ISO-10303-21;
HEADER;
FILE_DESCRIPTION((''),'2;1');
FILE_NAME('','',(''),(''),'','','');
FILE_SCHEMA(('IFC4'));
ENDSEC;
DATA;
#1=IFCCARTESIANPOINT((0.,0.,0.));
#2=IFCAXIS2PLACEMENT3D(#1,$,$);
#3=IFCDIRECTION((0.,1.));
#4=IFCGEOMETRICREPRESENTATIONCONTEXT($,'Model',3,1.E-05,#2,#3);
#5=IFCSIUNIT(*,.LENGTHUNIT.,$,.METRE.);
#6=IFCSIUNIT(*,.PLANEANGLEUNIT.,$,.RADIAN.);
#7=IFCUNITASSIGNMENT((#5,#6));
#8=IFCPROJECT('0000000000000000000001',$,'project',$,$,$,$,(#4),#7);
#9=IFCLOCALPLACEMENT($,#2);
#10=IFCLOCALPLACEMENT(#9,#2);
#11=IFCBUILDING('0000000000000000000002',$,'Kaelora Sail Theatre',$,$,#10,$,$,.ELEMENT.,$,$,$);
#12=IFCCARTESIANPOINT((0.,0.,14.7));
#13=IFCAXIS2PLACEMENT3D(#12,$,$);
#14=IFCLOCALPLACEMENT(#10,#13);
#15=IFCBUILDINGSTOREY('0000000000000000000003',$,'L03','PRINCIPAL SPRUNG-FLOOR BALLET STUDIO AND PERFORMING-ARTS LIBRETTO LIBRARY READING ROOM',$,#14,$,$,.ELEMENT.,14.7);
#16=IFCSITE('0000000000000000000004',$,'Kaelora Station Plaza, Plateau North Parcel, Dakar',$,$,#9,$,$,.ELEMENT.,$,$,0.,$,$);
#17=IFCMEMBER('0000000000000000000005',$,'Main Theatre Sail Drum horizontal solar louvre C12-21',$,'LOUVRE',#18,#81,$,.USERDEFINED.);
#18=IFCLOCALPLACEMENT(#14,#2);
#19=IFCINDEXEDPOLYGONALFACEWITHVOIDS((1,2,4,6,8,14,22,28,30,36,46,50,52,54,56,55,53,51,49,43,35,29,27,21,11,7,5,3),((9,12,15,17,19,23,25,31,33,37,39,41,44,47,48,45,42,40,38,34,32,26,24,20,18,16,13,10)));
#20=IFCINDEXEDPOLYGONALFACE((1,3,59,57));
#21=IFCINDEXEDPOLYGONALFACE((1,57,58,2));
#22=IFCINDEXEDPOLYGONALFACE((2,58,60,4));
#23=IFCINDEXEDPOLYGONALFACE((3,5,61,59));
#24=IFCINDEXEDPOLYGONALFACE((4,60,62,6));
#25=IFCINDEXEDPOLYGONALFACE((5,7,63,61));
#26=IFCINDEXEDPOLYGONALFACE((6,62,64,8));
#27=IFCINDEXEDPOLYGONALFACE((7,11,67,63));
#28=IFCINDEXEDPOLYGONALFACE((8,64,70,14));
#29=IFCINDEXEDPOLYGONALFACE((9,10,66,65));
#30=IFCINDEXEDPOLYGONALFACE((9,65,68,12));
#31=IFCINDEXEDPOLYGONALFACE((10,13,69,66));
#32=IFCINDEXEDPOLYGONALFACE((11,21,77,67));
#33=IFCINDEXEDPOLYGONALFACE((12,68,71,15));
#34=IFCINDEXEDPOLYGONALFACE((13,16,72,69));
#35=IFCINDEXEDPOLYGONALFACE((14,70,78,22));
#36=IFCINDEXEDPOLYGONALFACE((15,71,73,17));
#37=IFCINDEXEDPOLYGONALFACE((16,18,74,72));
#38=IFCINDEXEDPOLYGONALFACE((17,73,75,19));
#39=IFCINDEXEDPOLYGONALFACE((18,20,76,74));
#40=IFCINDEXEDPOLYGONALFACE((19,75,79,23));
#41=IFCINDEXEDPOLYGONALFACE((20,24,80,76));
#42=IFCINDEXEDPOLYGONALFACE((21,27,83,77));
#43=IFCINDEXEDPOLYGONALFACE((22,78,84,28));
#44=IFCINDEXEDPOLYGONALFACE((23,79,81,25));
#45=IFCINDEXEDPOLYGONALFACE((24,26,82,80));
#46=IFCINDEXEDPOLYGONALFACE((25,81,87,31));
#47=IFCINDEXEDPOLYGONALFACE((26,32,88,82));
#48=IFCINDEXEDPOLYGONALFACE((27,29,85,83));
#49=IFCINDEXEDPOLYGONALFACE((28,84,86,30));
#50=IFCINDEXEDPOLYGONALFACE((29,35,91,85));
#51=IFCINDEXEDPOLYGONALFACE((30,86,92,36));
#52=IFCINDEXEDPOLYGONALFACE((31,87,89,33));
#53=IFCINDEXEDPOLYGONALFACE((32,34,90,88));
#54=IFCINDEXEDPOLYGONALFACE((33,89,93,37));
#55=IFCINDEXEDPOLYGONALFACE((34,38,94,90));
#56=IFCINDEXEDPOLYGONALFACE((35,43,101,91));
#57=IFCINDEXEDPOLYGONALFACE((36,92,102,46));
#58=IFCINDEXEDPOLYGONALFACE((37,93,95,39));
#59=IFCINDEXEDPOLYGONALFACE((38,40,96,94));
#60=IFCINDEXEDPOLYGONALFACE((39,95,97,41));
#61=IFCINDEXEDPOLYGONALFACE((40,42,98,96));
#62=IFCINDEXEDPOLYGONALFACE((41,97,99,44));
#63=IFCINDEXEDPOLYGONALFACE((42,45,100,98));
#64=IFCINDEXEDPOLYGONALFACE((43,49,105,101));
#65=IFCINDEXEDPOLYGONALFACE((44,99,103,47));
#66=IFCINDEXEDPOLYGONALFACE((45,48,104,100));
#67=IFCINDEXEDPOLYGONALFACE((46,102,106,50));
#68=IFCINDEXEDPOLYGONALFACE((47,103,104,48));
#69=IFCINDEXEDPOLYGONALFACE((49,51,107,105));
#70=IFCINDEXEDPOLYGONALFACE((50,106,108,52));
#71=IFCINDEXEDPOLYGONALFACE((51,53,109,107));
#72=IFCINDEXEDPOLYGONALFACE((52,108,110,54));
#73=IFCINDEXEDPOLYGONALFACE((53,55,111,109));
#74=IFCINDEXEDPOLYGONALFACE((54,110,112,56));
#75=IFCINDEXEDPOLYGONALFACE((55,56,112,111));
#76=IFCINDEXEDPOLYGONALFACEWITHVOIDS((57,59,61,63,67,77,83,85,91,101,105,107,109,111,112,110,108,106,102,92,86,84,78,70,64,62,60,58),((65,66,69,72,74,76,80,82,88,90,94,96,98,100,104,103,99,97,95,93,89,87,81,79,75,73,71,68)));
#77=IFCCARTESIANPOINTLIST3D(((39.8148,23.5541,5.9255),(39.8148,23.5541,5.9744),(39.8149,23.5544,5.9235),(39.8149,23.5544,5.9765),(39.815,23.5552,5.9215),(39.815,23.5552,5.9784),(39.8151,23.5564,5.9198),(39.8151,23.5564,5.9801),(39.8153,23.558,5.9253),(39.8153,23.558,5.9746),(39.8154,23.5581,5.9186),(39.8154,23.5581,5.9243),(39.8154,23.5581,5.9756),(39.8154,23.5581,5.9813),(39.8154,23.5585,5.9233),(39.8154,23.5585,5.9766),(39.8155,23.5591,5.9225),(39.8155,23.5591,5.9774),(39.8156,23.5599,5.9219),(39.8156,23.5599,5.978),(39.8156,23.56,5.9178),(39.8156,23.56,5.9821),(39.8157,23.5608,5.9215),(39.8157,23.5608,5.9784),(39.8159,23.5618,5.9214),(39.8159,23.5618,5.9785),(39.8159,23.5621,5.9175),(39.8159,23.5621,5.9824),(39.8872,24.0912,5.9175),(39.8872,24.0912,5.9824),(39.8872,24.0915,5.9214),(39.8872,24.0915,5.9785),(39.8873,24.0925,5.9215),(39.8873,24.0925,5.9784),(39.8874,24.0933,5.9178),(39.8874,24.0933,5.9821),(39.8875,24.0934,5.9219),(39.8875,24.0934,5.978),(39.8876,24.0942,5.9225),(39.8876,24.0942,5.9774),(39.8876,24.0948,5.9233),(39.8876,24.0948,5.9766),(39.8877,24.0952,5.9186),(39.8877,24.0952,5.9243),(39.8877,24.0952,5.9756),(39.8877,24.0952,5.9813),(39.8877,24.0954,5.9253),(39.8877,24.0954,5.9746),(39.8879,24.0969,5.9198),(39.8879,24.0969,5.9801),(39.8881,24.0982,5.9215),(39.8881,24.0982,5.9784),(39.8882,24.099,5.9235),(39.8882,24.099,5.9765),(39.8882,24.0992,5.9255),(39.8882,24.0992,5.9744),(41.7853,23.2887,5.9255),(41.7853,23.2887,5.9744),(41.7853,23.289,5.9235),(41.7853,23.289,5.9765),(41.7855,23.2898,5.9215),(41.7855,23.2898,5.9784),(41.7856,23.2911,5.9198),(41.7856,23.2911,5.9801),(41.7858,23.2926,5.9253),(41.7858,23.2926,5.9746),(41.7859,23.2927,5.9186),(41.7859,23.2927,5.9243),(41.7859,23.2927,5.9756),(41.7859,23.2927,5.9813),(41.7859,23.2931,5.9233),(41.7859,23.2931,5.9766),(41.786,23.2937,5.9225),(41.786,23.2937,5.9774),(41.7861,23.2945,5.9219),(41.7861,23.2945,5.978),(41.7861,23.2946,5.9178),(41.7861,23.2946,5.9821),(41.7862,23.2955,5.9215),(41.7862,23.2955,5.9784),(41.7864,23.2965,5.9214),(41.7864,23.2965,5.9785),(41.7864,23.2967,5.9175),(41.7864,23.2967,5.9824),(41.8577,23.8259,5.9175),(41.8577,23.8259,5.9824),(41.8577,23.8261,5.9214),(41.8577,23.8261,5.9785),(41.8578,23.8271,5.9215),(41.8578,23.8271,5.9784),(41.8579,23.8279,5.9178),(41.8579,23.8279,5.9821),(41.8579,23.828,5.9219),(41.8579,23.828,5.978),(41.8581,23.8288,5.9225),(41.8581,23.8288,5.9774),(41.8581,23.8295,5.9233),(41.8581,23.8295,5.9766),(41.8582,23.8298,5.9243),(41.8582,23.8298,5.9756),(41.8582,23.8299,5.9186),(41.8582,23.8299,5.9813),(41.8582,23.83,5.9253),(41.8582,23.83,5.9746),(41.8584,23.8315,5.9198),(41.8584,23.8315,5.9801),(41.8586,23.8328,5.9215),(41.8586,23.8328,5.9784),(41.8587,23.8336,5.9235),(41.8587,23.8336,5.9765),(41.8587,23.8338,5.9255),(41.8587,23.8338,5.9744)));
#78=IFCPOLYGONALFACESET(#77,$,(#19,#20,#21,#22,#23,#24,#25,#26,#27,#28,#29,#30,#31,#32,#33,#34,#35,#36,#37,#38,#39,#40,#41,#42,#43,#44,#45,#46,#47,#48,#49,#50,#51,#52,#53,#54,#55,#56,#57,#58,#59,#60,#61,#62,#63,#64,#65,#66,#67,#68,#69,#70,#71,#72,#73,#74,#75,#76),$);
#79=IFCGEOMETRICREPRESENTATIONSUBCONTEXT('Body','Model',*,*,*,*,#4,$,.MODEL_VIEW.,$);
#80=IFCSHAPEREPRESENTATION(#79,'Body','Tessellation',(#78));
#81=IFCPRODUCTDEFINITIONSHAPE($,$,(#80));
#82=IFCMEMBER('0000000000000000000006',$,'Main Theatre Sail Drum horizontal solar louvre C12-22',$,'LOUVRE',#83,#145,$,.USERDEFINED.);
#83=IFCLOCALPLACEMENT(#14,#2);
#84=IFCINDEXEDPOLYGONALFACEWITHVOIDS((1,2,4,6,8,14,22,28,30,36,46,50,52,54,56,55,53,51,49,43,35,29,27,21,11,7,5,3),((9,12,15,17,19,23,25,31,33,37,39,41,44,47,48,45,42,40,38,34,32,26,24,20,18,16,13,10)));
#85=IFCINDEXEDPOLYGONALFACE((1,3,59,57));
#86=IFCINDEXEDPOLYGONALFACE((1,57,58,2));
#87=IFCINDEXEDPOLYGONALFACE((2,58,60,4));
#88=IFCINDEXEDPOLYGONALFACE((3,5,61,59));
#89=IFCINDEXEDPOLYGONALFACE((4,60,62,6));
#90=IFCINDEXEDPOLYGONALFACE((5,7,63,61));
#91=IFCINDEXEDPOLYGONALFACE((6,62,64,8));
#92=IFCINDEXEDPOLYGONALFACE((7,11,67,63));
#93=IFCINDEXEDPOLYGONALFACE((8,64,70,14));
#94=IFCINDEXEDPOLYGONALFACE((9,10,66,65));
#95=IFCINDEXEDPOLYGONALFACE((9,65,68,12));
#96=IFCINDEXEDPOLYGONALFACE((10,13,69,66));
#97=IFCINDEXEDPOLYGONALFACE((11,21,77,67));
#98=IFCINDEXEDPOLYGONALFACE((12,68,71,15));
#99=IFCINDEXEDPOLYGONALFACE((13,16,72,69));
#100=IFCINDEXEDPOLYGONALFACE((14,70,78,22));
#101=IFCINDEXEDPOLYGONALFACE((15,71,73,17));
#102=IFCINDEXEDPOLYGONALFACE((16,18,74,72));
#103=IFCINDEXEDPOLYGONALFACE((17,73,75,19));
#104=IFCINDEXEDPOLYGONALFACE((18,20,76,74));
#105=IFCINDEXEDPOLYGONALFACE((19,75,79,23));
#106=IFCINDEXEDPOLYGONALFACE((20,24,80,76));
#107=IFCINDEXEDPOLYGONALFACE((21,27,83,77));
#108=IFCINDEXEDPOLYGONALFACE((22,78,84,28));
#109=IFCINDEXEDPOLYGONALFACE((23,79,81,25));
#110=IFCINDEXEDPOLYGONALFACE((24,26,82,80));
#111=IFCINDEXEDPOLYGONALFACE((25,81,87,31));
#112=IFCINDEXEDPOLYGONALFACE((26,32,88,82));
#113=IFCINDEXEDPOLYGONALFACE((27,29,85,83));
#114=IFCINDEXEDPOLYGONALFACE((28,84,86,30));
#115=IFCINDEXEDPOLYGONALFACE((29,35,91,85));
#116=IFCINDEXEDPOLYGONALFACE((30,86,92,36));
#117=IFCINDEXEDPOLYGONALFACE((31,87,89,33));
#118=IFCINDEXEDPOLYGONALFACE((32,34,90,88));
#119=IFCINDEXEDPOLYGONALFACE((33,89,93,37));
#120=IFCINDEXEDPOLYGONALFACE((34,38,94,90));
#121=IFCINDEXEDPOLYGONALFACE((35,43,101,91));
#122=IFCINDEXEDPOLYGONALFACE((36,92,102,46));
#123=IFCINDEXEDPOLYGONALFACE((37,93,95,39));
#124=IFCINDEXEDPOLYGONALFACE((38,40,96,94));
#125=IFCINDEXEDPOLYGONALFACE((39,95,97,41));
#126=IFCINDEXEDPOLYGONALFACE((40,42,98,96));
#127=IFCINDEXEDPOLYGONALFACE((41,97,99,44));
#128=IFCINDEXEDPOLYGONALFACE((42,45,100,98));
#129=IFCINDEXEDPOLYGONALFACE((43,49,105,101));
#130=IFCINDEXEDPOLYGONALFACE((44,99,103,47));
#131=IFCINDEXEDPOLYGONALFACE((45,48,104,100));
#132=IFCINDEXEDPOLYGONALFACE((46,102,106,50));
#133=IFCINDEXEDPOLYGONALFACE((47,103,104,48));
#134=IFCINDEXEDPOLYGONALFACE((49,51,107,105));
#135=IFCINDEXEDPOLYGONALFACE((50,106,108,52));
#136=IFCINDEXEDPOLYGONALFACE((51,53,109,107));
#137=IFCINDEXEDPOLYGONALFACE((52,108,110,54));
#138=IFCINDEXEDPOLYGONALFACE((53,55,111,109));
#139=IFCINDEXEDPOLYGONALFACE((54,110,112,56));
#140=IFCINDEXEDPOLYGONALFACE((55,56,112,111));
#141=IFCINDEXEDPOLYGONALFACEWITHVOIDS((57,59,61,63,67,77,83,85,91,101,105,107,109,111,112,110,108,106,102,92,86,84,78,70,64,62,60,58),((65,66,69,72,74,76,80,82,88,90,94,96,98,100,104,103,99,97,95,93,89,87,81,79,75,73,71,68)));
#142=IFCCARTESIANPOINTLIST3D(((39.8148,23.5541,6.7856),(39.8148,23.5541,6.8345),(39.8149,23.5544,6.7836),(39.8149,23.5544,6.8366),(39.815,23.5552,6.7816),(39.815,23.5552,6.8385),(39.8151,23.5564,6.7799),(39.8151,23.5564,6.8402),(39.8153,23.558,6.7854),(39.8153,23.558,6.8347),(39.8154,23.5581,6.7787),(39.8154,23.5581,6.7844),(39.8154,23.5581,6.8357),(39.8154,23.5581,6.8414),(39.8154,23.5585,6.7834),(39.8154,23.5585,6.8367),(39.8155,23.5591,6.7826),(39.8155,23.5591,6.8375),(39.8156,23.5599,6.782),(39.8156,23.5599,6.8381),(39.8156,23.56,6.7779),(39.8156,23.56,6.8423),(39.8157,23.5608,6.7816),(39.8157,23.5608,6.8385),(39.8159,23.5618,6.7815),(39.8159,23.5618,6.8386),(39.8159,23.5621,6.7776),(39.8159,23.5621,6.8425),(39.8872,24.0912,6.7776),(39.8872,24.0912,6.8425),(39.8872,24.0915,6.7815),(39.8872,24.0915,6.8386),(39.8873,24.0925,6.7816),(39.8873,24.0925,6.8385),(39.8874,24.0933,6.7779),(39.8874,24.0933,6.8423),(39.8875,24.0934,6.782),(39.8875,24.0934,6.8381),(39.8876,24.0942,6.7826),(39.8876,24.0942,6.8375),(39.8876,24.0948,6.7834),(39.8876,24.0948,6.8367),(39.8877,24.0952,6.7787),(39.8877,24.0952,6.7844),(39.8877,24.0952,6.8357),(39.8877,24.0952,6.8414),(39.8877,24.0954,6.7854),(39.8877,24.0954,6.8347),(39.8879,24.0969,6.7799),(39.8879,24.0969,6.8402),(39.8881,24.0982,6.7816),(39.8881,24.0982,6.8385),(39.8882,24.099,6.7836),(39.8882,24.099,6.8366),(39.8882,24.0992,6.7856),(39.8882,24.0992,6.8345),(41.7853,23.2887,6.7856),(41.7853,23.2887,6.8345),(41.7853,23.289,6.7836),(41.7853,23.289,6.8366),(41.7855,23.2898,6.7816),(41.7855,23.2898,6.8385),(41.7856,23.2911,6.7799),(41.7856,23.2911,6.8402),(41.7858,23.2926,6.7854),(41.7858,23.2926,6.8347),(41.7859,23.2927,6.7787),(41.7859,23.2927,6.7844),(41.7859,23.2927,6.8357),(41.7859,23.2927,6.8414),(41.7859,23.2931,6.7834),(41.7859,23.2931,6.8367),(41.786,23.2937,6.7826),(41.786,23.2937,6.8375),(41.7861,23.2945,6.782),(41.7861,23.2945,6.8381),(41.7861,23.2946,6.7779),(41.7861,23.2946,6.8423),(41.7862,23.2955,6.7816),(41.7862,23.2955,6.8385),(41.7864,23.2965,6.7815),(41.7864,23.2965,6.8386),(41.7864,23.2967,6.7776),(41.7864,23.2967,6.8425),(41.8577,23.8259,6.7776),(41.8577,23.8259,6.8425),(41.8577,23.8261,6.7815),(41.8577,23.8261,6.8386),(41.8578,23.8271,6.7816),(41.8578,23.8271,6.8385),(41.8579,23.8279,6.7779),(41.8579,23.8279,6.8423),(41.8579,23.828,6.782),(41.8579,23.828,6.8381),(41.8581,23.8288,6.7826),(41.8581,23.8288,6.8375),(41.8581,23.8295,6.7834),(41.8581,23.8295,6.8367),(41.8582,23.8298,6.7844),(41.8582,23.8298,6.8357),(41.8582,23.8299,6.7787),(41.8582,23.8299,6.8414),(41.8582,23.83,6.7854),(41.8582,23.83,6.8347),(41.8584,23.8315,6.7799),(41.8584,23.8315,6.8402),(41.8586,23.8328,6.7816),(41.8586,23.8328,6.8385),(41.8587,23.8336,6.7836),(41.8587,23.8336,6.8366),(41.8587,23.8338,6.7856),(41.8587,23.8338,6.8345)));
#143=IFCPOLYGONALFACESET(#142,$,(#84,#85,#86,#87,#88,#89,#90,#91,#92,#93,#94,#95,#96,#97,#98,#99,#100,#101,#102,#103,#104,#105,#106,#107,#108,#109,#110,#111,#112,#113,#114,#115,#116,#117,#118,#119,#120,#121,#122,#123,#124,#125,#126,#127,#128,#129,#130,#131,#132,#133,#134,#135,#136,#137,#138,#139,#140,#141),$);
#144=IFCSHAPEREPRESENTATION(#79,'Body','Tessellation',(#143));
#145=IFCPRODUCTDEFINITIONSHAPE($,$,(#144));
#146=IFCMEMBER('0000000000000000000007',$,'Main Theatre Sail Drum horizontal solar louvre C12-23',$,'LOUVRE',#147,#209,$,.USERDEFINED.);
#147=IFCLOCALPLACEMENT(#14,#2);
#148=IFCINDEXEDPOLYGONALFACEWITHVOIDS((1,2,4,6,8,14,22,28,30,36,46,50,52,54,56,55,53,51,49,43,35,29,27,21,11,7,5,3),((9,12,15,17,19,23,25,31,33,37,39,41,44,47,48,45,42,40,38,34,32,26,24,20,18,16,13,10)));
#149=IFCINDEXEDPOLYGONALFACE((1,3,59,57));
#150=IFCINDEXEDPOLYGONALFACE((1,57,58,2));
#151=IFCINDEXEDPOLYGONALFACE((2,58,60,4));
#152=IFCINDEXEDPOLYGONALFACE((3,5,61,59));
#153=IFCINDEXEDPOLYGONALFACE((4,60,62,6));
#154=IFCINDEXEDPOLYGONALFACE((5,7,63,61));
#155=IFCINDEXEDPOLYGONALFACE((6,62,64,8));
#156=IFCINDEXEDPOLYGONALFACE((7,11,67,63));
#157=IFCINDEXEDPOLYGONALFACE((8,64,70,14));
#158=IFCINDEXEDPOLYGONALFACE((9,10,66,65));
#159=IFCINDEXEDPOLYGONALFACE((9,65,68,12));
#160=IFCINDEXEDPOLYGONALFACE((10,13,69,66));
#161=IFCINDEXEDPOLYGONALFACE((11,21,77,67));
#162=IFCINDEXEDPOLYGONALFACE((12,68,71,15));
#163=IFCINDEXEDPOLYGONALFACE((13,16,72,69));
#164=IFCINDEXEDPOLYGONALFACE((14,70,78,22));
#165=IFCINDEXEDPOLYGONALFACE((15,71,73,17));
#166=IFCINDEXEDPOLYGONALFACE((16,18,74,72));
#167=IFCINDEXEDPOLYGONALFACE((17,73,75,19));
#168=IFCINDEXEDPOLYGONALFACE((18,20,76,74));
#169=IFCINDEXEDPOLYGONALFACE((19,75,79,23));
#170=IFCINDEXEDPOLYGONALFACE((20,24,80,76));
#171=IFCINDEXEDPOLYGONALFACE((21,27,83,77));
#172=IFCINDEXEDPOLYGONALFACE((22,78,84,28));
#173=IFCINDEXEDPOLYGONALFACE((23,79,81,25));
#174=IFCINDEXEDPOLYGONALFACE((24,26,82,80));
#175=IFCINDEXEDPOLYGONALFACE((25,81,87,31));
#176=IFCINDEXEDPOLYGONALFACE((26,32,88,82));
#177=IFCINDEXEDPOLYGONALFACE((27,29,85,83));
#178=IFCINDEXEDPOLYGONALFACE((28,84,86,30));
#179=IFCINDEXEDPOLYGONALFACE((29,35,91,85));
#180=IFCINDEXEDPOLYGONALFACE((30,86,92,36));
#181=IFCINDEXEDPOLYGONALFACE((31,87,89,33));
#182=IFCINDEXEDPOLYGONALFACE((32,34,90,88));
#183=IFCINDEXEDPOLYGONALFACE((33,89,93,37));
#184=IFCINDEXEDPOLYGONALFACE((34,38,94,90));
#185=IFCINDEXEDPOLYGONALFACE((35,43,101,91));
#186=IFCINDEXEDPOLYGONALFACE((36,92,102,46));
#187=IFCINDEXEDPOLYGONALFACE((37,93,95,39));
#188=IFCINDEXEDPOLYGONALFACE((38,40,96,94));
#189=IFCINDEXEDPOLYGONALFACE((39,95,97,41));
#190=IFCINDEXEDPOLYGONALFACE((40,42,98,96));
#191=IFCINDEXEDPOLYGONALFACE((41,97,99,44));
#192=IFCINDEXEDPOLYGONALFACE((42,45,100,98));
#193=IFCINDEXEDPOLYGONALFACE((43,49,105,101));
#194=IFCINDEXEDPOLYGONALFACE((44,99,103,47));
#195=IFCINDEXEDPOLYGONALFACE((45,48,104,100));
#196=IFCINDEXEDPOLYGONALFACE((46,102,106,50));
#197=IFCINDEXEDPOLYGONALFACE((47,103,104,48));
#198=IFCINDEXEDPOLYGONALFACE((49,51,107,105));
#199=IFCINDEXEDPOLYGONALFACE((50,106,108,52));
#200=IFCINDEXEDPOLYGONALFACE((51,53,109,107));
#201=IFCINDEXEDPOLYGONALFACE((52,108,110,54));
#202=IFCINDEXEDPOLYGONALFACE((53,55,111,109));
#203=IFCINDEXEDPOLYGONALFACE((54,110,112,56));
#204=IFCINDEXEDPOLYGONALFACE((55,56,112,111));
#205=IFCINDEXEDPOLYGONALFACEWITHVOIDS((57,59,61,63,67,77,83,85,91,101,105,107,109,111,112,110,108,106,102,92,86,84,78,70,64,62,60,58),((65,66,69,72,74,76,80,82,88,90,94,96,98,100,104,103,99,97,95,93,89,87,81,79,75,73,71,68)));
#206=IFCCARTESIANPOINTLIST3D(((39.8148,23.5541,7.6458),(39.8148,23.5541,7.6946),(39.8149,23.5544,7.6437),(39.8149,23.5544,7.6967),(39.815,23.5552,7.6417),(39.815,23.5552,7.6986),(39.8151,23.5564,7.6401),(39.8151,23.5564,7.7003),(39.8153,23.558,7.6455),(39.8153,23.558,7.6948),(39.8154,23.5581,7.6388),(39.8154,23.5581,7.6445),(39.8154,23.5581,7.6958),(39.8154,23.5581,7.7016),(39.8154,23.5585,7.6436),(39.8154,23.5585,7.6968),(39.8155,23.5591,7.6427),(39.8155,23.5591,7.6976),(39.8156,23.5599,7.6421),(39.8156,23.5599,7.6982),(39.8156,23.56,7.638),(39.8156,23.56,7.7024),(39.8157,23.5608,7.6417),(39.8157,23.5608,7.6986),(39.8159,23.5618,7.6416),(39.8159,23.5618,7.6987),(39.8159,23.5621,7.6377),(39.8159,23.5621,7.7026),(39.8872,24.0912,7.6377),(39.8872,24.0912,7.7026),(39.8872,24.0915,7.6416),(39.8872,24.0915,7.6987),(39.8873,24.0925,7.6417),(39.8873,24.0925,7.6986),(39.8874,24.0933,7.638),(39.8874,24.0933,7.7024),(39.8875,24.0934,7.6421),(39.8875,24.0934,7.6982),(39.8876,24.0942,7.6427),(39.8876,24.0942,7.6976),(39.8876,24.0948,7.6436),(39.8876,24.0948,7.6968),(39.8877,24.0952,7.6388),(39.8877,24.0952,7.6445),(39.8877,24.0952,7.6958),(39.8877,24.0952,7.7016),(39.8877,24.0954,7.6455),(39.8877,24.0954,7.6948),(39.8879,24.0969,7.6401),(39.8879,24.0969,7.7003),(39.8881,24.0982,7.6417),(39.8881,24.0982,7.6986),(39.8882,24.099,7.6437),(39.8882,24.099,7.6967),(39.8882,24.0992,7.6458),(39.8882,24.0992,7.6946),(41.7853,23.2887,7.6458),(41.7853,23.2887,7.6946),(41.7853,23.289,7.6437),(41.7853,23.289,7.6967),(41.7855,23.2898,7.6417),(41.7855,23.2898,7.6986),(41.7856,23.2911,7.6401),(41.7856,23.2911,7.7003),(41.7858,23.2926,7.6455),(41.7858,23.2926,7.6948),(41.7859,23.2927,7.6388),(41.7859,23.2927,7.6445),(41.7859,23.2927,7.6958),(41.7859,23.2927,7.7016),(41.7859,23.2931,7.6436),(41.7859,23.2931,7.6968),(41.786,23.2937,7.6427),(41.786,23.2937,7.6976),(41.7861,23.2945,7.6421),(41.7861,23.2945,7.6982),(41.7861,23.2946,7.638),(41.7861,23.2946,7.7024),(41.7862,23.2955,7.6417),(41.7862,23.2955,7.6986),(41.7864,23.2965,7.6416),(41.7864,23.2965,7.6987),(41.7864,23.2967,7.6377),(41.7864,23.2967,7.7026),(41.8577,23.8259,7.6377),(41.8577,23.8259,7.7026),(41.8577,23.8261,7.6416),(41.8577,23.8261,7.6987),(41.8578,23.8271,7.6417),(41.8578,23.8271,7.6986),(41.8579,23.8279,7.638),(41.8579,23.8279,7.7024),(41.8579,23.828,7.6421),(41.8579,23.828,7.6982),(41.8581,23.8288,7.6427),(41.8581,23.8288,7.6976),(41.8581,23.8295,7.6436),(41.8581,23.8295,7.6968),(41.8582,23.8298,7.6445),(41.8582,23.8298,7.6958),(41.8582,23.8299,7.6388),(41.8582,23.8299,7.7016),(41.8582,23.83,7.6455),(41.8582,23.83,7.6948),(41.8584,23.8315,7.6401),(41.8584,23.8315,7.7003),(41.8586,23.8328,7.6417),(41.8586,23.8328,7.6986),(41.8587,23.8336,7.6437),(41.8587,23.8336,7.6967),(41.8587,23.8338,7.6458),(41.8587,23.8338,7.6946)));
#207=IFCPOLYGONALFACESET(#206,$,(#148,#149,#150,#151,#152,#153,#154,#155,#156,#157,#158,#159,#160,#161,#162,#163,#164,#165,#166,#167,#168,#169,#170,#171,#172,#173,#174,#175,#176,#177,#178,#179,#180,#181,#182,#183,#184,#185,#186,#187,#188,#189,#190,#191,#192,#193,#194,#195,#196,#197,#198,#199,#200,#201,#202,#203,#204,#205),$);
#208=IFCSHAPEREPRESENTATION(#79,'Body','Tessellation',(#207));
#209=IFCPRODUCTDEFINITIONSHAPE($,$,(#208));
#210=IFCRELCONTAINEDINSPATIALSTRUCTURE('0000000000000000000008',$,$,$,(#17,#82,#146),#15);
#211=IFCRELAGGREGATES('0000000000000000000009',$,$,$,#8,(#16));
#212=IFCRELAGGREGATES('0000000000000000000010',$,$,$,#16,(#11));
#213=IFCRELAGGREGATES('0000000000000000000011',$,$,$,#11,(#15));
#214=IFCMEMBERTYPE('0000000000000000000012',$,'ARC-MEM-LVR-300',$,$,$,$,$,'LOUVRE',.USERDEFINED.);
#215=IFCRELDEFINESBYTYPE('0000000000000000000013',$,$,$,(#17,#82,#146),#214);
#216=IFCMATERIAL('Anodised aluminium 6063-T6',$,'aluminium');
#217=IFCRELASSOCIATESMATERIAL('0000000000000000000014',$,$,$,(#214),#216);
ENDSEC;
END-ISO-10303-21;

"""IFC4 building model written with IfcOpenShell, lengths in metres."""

from ifc_helpers import new_model, si_unit, direction, frame, origin, origin_2d, place, context, subcontext, project, spatial, hollow_rectangle, extrude, material, material_profile, profile_set, type_object, element, save


model = new_model("IFC4")

# Units and contexts
model_context = context("Model", 3, precision=1e-05, world=origin(), true_north=direction((0.0, 1.0)))
body_context = subcontext(model_context, "Body", "Model", "MODEL_VIEW")
ifc_project = project(units=[si_unit("LENGTHUNIT", "METRE"), si_unit("PLANEANGLEUNIT", "RADIAN")], contexts=[model_context])

# Site, building, storey
site_placement = place(None, origin())
site = spatial("IfcSite", under=ifc_project, at=site_placement, Name="Kaelora Station Plaza, Plateau North Parcel, Dakar", CompositionType="ELEMENT", RefElevation=0.0)
building_placement = place(site_placement, origin())
building = spatial("IfcBuilding", under=site, at=building_placement, Name="Kaelora Sail Theatre", CompositionType="ELEMENT")
storey_placement = place(building_placement, frame((0.0, 0.0, 14.7)))
storey = spatial("IfcBuildingStorey", under=building, at=storey_placement, Name="L03", Description="PRINCIPAL SPRUNG-FLOOR BALLET STUDIO AND PERFORMING-ARTS LIBRETTO LIBRARY READING ROOM", CompositionType="ELEMENT", Elevation=14.7)

# Members
ifc_material = material(Name="Anodised aluminium 6063-T6", Category="aluminium")
ifc_material_profile = material_profile(ifc_material, hollow_rectangle(XDim=0.55, YDim=0.0649, WallThickness=0.0039, InnerFilletRadius=0.0039, OuterFilletRadius=0.0081, at=origin_2d()), Name="LOUVRE 550x65x4")
ifc_profile_set = profile_set([ifc_material_profile], Name="Anodised aluminium 6063-T6")
member_type = type_object("IfcMemberType", Name="ARC-MEM-LVR-300", ElementType="LOUVRE", PredefinedType="USERDEFINED", material=ifc_profile_set)
for number, where, z_axis, x_axis, name in (
    (1, (41.822, 23.5613, 5.95), (-0.991052, 0.133475, 0.0), (-0.133475, -0.991052, 0.0), "Main Theatre Sail Drum horizontal solar louvre C12-21"),
    (2, (41.822, 23.5613, 6.8101), (-0.991052, 0.133475, 0.0), (-0.133475, -0.991052, 0.0), "Main Theatre Sail Drum horizontal solar louvre C12-22"),
    (3, (41.822, 23.5613, 7.6702), (-0.991052, 0.133475, 0.0), (-0.133475, -0.991052, 0.0), "Main Theatre Sail Drum horizontal solar louvre C12-23"),
):
    element("IfcMember", number, at=place(storey_placement, frame(where, z_axis=z_axis, x_axis=x_axis)), inside=storey, type_object=member_type, Name=name, ObjectType="LOUVRE", PredefinedType="USERDEFINED", context=body_context, shape_type="SweptSolid", body=[
        extrude(hollow_rectangle(XDim=0.55, YDim=0.0649, WallThickness=0.0039, InnerFilletRadius=0.0039, OuterFilletRadius=0.0081, at=origin_2d()), origin(), (0.0, 0.0, 1.0), 1.9883),
    ])

save(model, "model.ifc")
